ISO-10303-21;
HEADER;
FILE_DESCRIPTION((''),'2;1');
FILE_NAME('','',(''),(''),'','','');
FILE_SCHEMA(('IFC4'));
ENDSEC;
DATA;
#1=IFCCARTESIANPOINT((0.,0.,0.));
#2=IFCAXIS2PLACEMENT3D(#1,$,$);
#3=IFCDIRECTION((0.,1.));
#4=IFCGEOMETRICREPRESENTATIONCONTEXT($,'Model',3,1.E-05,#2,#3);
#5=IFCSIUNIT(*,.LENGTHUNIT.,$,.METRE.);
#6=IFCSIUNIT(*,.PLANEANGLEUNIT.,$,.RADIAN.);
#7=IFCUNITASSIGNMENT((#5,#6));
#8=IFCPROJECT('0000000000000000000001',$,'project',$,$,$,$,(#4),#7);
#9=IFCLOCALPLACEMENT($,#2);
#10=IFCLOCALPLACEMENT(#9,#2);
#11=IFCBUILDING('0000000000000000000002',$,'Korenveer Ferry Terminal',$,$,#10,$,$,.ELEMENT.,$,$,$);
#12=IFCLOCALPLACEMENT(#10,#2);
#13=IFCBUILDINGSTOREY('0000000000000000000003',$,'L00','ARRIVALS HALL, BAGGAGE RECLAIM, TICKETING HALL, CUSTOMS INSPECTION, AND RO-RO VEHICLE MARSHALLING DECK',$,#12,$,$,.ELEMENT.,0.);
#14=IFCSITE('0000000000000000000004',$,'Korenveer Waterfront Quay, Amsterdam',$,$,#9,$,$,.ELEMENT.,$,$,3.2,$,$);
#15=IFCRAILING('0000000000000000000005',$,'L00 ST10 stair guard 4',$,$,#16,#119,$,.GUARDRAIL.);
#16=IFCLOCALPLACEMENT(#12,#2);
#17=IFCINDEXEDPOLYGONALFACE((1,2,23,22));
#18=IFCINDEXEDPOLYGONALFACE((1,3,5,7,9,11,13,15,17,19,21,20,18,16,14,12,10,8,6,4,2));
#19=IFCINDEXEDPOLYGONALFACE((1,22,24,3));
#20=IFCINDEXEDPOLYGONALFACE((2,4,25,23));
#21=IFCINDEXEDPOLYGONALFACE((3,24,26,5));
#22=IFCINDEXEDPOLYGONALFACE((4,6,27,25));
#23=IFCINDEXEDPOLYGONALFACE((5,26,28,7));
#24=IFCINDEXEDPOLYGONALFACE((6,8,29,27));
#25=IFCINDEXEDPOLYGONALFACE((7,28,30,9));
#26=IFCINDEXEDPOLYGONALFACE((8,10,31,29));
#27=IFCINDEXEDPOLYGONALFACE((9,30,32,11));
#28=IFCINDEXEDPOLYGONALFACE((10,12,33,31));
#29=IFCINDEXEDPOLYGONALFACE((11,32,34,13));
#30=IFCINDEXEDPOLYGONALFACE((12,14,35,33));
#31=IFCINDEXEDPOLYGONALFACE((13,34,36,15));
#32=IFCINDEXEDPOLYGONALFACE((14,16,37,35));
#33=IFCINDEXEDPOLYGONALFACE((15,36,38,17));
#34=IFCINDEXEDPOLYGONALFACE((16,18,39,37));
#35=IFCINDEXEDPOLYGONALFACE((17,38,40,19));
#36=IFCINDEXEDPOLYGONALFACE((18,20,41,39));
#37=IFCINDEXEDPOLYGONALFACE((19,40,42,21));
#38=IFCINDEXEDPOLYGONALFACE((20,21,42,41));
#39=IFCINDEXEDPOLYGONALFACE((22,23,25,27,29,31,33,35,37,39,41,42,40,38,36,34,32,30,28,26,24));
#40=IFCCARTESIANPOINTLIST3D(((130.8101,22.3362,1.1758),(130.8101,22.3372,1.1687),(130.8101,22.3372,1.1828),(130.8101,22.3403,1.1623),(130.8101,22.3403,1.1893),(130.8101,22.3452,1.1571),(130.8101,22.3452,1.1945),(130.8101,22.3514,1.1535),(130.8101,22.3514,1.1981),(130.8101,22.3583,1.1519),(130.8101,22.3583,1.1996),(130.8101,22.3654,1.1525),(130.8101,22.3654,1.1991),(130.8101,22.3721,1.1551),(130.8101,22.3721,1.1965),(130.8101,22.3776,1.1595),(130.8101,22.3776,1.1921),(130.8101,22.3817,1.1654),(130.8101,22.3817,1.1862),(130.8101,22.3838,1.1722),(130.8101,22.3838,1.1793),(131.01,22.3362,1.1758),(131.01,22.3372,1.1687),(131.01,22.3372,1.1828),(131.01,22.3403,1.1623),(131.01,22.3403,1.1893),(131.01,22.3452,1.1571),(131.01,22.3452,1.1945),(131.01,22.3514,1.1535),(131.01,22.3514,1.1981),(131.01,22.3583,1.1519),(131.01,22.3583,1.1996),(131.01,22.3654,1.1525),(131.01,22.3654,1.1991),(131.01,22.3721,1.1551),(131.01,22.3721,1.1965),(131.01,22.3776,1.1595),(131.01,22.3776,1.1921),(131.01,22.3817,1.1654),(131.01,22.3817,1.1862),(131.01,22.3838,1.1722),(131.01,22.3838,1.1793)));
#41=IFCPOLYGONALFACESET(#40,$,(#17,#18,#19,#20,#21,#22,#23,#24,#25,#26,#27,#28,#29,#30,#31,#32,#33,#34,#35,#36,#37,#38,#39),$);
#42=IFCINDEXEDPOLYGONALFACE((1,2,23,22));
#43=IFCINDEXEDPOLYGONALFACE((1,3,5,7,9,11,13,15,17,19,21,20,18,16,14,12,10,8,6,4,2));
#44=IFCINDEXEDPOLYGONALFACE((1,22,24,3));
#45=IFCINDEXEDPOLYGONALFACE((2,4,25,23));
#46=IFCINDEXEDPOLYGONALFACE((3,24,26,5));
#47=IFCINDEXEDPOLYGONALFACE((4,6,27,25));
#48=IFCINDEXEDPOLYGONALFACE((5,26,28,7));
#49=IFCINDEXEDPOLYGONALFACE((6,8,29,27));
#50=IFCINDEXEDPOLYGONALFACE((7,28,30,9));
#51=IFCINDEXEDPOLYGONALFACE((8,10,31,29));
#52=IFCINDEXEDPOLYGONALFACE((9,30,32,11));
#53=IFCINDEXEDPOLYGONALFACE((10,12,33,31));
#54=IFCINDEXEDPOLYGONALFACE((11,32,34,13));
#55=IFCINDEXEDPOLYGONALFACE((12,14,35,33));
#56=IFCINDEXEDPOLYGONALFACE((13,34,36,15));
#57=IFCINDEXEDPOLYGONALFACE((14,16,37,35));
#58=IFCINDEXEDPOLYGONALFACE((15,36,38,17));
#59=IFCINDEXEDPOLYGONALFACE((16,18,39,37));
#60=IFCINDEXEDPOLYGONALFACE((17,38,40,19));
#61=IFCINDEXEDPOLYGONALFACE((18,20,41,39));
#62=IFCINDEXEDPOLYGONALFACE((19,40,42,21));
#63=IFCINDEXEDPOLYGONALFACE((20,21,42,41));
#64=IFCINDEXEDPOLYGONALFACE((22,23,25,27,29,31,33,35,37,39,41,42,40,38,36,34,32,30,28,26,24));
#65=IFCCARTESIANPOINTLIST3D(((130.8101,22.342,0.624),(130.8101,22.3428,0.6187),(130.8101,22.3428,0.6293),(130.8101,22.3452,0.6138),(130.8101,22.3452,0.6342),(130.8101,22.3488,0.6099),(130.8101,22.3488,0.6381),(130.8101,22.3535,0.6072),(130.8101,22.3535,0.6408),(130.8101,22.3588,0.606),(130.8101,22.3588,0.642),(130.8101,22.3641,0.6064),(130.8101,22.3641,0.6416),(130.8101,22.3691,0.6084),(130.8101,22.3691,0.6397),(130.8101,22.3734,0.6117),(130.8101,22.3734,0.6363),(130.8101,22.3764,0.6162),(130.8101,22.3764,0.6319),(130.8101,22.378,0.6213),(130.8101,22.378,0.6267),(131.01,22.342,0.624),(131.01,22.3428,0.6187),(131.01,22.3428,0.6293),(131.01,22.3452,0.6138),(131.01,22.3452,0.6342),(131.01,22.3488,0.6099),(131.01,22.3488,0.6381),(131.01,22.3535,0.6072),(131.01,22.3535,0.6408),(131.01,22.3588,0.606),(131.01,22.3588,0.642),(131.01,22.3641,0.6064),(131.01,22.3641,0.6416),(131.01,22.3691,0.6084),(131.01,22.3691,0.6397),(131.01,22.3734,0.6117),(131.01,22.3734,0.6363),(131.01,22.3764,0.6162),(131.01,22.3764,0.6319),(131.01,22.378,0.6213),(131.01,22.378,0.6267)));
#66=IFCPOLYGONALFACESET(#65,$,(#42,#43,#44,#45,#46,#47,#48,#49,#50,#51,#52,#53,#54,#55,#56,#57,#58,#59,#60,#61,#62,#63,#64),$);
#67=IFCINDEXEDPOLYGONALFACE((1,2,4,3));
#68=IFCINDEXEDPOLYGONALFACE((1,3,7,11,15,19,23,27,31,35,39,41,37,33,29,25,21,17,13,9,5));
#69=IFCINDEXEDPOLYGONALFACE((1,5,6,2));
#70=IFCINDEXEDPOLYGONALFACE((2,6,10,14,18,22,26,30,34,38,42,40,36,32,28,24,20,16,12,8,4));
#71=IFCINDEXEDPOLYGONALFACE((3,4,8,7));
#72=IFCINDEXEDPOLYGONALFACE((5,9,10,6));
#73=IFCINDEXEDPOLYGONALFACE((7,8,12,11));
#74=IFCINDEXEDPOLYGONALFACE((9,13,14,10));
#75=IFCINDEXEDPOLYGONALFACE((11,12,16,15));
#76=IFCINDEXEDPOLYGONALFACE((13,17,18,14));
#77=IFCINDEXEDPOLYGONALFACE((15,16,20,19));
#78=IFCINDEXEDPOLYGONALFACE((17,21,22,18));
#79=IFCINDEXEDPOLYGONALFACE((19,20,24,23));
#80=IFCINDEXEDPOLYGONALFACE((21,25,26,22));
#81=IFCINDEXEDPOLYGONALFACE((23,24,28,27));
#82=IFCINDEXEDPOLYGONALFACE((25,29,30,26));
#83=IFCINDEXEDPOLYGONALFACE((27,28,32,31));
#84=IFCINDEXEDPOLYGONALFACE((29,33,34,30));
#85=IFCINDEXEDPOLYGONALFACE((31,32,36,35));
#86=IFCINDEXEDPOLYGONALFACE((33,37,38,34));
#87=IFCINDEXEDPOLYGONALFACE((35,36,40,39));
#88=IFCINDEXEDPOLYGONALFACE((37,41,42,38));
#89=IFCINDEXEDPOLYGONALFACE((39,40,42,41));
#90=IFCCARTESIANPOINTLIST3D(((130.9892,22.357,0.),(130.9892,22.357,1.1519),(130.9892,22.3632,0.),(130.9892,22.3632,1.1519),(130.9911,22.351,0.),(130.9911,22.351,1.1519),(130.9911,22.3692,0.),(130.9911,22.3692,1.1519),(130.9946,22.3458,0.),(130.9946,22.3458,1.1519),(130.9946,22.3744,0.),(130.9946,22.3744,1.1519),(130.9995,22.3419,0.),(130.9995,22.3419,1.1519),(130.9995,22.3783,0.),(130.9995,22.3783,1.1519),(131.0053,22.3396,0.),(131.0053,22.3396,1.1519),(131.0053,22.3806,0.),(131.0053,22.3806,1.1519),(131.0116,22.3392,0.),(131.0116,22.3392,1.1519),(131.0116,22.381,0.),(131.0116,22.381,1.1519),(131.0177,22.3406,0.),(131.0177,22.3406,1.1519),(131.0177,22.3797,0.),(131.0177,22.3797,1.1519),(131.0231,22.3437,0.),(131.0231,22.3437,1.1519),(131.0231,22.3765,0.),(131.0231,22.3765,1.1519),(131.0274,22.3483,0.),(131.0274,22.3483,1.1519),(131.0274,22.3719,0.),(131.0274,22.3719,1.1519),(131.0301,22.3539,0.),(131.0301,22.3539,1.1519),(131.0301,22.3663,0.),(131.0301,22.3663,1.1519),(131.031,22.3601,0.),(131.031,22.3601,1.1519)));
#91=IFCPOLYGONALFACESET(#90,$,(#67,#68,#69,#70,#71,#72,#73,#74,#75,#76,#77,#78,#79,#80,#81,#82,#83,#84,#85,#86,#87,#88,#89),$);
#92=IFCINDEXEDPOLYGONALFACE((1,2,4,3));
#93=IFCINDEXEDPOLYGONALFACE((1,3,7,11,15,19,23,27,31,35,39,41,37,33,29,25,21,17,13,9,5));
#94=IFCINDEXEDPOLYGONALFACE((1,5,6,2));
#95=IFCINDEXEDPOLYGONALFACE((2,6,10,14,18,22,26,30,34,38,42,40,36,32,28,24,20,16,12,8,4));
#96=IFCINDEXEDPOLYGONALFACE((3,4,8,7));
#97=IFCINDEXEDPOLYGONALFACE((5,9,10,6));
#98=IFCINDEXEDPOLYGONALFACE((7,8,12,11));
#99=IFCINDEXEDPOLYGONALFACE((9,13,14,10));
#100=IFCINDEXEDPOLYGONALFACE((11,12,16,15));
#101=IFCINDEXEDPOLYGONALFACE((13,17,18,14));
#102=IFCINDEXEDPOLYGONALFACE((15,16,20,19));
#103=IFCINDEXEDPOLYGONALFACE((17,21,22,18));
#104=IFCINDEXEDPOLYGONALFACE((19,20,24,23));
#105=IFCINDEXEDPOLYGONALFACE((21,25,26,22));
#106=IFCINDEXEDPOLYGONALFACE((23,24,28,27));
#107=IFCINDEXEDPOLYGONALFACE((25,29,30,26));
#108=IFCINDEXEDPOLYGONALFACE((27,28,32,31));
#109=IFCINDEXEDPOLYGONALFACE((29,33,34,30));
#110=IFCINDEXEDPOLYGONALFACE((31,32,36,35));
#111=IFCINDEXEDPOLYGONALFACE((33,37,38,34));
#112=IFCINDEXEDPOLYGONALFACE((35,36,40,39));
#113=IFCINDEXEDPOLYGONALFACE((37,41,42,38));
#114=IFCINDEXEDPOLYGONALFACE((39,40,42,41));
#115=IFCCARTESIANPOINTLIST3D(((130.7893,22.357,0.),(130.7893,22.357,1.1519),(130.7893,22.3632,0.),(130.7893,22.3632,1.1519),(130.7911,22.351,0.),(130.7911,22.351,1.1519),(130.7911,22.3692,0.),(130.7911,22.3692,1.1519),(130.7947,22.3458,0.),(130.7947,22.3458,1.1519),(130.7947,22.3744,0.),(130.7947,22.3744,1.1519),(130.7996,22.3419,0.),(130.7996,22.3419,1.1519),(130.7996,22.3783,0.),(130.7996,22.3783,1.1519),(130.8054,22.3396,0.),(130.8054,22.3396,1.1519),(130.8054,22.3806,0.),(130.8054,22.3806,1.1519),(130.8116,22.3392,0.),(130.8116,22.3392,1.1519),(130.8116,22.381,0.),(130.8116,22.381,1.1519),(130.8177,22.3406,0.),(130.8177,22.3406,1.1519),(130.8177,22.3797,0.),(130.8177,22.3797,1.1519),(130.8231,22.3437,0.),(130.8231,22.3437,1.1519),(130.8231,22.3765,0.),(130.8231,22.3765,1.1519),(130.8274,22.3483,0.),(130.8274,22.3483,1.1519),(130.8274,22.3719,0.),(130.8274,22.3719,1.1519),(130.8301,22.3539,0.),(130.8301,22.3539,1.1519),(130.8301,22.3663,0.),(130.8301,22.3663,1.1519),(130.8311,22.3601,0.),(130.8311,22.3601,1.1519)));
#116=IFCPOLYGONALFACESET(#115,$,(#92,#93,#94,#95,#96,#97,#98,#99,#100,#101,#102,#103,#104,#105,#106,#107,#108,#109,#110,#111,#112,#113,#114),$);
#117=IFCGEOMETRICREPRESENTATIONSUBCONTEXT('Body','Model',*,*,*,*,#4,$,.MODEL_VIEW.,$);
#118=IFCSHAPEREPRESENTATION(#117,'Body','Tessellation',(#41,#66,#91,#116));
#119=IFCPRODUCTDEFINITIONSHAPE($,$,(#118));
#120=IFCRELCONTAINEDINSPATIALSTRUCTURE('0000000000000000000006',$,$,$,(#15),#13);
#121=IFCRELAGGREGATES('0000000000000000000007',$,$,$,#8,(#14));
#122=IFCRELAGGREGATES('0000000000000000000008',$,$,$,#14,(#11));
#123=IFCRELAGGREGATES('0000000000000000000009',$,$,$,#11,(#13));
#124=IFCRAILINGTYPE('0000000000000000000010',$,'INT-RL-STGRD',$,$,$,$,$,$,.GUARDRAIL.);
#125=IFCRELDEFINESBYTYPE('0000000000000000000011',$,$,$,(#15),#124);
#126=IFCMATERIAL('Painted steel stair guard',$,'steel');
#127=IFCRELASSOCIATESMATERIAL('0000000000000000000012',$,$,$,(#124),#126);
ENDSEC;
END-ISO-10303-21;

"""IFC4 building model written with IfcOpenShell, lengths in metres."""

from ifc_helpers import new_model, si_unit, direction, frame, origin, origin_2d, place, context, subcontext, project, spatial, circle, extrude, material, type_object, element, save


model = new_model("IFC4")

# Units and contexts
model_context = context("Model", 3, precision=1e-05, world=origin(), true_north=direction((0.0, 1.0)))
body_context = subcontext(model_context, "Body", "Model", "MODEL_VIEW")
ifc_project = project(units=[si_unit("LENGTHUNIT", "METRE"), si_unit("PLANEANGLEUNIT", "RADIAN")], contexts=[model_context])

# Site, building, storey
site_placement = place(None, origin())
site = spatial("IfcSite", under=ifc_project, at=site_placement, Name="Korenveer Waterfront Quay, Amsterdam", CompositionType="ELEMENT", RefElevation=3.2)
building_placement = place(site_placement, origin())
building = spatial("IfcBuilding", under=site, at=building_placement, Name="Korenveer Ferry Terminal", CompositionType="ELEMENT")
storey_placement = place(building_placement, origin())
storey = spatial("IfcBuildingStorey", under=building, at=storey_placement, Name="L00", Description="ARRIVALS HALL, BAGGAGE RECLAIM, TICKETING HALL, CUSTOMS INSPECTION, AND RO-RO VEHICLE MARSHALLING DECK", CompositionType="ELEMENT", Elevation=0.0)

# Railing
ifc_material_1 = material(Name="Painted steel stair guard", Category="steel")
railing_type_1 = type_object("IfcRailingType", Name="INT-RL-STGRD", PredefinedType="GUARDRAIL", material=ifc_material_1)
railing_1_placement = place(storey_placement, frame((131.01, 22.3601, 0.0)))
element("IfcRailing", 1, at=railing_1_placement, inside=storey, type_object=railing_type_1, Name="L00 ST10 stair guard 4", PredefinedType="GUARDRAIL", context=body_context, shape_type="SweptSolid", body=[
    extrude(circle(Radius=0.0239, at=origin_2d()), frame((0.0, 0.0, 1.1758), z_axis=(-1.0, 0.0, 0.0), x_axis=(0.0, -1.0, 0.0)), (0.0, 0.0, 1.0), 0.2),
    extrude(circle(Radius=0.0181, at=origin_2d()), frame((0.0, 0.0, 0.624), z_axis=(-1.0, 0.0, 0.0), x_axis=(0.0, -1.0, 0.0)), (0.0, 0.0, 1.0), 0.2),
    extrude(circle(Radius=0.021, at=origin_2d()), origin(), (0.0, 0.0, 1.0), 1.1519),
    extrude(circle(Radius=0.021, at=origin_2d()), frame((-0.2, 0.0, 0.0)), (0.0, 0.0, 1.0), 1.1519),
])

save(model, "model.ifc")
